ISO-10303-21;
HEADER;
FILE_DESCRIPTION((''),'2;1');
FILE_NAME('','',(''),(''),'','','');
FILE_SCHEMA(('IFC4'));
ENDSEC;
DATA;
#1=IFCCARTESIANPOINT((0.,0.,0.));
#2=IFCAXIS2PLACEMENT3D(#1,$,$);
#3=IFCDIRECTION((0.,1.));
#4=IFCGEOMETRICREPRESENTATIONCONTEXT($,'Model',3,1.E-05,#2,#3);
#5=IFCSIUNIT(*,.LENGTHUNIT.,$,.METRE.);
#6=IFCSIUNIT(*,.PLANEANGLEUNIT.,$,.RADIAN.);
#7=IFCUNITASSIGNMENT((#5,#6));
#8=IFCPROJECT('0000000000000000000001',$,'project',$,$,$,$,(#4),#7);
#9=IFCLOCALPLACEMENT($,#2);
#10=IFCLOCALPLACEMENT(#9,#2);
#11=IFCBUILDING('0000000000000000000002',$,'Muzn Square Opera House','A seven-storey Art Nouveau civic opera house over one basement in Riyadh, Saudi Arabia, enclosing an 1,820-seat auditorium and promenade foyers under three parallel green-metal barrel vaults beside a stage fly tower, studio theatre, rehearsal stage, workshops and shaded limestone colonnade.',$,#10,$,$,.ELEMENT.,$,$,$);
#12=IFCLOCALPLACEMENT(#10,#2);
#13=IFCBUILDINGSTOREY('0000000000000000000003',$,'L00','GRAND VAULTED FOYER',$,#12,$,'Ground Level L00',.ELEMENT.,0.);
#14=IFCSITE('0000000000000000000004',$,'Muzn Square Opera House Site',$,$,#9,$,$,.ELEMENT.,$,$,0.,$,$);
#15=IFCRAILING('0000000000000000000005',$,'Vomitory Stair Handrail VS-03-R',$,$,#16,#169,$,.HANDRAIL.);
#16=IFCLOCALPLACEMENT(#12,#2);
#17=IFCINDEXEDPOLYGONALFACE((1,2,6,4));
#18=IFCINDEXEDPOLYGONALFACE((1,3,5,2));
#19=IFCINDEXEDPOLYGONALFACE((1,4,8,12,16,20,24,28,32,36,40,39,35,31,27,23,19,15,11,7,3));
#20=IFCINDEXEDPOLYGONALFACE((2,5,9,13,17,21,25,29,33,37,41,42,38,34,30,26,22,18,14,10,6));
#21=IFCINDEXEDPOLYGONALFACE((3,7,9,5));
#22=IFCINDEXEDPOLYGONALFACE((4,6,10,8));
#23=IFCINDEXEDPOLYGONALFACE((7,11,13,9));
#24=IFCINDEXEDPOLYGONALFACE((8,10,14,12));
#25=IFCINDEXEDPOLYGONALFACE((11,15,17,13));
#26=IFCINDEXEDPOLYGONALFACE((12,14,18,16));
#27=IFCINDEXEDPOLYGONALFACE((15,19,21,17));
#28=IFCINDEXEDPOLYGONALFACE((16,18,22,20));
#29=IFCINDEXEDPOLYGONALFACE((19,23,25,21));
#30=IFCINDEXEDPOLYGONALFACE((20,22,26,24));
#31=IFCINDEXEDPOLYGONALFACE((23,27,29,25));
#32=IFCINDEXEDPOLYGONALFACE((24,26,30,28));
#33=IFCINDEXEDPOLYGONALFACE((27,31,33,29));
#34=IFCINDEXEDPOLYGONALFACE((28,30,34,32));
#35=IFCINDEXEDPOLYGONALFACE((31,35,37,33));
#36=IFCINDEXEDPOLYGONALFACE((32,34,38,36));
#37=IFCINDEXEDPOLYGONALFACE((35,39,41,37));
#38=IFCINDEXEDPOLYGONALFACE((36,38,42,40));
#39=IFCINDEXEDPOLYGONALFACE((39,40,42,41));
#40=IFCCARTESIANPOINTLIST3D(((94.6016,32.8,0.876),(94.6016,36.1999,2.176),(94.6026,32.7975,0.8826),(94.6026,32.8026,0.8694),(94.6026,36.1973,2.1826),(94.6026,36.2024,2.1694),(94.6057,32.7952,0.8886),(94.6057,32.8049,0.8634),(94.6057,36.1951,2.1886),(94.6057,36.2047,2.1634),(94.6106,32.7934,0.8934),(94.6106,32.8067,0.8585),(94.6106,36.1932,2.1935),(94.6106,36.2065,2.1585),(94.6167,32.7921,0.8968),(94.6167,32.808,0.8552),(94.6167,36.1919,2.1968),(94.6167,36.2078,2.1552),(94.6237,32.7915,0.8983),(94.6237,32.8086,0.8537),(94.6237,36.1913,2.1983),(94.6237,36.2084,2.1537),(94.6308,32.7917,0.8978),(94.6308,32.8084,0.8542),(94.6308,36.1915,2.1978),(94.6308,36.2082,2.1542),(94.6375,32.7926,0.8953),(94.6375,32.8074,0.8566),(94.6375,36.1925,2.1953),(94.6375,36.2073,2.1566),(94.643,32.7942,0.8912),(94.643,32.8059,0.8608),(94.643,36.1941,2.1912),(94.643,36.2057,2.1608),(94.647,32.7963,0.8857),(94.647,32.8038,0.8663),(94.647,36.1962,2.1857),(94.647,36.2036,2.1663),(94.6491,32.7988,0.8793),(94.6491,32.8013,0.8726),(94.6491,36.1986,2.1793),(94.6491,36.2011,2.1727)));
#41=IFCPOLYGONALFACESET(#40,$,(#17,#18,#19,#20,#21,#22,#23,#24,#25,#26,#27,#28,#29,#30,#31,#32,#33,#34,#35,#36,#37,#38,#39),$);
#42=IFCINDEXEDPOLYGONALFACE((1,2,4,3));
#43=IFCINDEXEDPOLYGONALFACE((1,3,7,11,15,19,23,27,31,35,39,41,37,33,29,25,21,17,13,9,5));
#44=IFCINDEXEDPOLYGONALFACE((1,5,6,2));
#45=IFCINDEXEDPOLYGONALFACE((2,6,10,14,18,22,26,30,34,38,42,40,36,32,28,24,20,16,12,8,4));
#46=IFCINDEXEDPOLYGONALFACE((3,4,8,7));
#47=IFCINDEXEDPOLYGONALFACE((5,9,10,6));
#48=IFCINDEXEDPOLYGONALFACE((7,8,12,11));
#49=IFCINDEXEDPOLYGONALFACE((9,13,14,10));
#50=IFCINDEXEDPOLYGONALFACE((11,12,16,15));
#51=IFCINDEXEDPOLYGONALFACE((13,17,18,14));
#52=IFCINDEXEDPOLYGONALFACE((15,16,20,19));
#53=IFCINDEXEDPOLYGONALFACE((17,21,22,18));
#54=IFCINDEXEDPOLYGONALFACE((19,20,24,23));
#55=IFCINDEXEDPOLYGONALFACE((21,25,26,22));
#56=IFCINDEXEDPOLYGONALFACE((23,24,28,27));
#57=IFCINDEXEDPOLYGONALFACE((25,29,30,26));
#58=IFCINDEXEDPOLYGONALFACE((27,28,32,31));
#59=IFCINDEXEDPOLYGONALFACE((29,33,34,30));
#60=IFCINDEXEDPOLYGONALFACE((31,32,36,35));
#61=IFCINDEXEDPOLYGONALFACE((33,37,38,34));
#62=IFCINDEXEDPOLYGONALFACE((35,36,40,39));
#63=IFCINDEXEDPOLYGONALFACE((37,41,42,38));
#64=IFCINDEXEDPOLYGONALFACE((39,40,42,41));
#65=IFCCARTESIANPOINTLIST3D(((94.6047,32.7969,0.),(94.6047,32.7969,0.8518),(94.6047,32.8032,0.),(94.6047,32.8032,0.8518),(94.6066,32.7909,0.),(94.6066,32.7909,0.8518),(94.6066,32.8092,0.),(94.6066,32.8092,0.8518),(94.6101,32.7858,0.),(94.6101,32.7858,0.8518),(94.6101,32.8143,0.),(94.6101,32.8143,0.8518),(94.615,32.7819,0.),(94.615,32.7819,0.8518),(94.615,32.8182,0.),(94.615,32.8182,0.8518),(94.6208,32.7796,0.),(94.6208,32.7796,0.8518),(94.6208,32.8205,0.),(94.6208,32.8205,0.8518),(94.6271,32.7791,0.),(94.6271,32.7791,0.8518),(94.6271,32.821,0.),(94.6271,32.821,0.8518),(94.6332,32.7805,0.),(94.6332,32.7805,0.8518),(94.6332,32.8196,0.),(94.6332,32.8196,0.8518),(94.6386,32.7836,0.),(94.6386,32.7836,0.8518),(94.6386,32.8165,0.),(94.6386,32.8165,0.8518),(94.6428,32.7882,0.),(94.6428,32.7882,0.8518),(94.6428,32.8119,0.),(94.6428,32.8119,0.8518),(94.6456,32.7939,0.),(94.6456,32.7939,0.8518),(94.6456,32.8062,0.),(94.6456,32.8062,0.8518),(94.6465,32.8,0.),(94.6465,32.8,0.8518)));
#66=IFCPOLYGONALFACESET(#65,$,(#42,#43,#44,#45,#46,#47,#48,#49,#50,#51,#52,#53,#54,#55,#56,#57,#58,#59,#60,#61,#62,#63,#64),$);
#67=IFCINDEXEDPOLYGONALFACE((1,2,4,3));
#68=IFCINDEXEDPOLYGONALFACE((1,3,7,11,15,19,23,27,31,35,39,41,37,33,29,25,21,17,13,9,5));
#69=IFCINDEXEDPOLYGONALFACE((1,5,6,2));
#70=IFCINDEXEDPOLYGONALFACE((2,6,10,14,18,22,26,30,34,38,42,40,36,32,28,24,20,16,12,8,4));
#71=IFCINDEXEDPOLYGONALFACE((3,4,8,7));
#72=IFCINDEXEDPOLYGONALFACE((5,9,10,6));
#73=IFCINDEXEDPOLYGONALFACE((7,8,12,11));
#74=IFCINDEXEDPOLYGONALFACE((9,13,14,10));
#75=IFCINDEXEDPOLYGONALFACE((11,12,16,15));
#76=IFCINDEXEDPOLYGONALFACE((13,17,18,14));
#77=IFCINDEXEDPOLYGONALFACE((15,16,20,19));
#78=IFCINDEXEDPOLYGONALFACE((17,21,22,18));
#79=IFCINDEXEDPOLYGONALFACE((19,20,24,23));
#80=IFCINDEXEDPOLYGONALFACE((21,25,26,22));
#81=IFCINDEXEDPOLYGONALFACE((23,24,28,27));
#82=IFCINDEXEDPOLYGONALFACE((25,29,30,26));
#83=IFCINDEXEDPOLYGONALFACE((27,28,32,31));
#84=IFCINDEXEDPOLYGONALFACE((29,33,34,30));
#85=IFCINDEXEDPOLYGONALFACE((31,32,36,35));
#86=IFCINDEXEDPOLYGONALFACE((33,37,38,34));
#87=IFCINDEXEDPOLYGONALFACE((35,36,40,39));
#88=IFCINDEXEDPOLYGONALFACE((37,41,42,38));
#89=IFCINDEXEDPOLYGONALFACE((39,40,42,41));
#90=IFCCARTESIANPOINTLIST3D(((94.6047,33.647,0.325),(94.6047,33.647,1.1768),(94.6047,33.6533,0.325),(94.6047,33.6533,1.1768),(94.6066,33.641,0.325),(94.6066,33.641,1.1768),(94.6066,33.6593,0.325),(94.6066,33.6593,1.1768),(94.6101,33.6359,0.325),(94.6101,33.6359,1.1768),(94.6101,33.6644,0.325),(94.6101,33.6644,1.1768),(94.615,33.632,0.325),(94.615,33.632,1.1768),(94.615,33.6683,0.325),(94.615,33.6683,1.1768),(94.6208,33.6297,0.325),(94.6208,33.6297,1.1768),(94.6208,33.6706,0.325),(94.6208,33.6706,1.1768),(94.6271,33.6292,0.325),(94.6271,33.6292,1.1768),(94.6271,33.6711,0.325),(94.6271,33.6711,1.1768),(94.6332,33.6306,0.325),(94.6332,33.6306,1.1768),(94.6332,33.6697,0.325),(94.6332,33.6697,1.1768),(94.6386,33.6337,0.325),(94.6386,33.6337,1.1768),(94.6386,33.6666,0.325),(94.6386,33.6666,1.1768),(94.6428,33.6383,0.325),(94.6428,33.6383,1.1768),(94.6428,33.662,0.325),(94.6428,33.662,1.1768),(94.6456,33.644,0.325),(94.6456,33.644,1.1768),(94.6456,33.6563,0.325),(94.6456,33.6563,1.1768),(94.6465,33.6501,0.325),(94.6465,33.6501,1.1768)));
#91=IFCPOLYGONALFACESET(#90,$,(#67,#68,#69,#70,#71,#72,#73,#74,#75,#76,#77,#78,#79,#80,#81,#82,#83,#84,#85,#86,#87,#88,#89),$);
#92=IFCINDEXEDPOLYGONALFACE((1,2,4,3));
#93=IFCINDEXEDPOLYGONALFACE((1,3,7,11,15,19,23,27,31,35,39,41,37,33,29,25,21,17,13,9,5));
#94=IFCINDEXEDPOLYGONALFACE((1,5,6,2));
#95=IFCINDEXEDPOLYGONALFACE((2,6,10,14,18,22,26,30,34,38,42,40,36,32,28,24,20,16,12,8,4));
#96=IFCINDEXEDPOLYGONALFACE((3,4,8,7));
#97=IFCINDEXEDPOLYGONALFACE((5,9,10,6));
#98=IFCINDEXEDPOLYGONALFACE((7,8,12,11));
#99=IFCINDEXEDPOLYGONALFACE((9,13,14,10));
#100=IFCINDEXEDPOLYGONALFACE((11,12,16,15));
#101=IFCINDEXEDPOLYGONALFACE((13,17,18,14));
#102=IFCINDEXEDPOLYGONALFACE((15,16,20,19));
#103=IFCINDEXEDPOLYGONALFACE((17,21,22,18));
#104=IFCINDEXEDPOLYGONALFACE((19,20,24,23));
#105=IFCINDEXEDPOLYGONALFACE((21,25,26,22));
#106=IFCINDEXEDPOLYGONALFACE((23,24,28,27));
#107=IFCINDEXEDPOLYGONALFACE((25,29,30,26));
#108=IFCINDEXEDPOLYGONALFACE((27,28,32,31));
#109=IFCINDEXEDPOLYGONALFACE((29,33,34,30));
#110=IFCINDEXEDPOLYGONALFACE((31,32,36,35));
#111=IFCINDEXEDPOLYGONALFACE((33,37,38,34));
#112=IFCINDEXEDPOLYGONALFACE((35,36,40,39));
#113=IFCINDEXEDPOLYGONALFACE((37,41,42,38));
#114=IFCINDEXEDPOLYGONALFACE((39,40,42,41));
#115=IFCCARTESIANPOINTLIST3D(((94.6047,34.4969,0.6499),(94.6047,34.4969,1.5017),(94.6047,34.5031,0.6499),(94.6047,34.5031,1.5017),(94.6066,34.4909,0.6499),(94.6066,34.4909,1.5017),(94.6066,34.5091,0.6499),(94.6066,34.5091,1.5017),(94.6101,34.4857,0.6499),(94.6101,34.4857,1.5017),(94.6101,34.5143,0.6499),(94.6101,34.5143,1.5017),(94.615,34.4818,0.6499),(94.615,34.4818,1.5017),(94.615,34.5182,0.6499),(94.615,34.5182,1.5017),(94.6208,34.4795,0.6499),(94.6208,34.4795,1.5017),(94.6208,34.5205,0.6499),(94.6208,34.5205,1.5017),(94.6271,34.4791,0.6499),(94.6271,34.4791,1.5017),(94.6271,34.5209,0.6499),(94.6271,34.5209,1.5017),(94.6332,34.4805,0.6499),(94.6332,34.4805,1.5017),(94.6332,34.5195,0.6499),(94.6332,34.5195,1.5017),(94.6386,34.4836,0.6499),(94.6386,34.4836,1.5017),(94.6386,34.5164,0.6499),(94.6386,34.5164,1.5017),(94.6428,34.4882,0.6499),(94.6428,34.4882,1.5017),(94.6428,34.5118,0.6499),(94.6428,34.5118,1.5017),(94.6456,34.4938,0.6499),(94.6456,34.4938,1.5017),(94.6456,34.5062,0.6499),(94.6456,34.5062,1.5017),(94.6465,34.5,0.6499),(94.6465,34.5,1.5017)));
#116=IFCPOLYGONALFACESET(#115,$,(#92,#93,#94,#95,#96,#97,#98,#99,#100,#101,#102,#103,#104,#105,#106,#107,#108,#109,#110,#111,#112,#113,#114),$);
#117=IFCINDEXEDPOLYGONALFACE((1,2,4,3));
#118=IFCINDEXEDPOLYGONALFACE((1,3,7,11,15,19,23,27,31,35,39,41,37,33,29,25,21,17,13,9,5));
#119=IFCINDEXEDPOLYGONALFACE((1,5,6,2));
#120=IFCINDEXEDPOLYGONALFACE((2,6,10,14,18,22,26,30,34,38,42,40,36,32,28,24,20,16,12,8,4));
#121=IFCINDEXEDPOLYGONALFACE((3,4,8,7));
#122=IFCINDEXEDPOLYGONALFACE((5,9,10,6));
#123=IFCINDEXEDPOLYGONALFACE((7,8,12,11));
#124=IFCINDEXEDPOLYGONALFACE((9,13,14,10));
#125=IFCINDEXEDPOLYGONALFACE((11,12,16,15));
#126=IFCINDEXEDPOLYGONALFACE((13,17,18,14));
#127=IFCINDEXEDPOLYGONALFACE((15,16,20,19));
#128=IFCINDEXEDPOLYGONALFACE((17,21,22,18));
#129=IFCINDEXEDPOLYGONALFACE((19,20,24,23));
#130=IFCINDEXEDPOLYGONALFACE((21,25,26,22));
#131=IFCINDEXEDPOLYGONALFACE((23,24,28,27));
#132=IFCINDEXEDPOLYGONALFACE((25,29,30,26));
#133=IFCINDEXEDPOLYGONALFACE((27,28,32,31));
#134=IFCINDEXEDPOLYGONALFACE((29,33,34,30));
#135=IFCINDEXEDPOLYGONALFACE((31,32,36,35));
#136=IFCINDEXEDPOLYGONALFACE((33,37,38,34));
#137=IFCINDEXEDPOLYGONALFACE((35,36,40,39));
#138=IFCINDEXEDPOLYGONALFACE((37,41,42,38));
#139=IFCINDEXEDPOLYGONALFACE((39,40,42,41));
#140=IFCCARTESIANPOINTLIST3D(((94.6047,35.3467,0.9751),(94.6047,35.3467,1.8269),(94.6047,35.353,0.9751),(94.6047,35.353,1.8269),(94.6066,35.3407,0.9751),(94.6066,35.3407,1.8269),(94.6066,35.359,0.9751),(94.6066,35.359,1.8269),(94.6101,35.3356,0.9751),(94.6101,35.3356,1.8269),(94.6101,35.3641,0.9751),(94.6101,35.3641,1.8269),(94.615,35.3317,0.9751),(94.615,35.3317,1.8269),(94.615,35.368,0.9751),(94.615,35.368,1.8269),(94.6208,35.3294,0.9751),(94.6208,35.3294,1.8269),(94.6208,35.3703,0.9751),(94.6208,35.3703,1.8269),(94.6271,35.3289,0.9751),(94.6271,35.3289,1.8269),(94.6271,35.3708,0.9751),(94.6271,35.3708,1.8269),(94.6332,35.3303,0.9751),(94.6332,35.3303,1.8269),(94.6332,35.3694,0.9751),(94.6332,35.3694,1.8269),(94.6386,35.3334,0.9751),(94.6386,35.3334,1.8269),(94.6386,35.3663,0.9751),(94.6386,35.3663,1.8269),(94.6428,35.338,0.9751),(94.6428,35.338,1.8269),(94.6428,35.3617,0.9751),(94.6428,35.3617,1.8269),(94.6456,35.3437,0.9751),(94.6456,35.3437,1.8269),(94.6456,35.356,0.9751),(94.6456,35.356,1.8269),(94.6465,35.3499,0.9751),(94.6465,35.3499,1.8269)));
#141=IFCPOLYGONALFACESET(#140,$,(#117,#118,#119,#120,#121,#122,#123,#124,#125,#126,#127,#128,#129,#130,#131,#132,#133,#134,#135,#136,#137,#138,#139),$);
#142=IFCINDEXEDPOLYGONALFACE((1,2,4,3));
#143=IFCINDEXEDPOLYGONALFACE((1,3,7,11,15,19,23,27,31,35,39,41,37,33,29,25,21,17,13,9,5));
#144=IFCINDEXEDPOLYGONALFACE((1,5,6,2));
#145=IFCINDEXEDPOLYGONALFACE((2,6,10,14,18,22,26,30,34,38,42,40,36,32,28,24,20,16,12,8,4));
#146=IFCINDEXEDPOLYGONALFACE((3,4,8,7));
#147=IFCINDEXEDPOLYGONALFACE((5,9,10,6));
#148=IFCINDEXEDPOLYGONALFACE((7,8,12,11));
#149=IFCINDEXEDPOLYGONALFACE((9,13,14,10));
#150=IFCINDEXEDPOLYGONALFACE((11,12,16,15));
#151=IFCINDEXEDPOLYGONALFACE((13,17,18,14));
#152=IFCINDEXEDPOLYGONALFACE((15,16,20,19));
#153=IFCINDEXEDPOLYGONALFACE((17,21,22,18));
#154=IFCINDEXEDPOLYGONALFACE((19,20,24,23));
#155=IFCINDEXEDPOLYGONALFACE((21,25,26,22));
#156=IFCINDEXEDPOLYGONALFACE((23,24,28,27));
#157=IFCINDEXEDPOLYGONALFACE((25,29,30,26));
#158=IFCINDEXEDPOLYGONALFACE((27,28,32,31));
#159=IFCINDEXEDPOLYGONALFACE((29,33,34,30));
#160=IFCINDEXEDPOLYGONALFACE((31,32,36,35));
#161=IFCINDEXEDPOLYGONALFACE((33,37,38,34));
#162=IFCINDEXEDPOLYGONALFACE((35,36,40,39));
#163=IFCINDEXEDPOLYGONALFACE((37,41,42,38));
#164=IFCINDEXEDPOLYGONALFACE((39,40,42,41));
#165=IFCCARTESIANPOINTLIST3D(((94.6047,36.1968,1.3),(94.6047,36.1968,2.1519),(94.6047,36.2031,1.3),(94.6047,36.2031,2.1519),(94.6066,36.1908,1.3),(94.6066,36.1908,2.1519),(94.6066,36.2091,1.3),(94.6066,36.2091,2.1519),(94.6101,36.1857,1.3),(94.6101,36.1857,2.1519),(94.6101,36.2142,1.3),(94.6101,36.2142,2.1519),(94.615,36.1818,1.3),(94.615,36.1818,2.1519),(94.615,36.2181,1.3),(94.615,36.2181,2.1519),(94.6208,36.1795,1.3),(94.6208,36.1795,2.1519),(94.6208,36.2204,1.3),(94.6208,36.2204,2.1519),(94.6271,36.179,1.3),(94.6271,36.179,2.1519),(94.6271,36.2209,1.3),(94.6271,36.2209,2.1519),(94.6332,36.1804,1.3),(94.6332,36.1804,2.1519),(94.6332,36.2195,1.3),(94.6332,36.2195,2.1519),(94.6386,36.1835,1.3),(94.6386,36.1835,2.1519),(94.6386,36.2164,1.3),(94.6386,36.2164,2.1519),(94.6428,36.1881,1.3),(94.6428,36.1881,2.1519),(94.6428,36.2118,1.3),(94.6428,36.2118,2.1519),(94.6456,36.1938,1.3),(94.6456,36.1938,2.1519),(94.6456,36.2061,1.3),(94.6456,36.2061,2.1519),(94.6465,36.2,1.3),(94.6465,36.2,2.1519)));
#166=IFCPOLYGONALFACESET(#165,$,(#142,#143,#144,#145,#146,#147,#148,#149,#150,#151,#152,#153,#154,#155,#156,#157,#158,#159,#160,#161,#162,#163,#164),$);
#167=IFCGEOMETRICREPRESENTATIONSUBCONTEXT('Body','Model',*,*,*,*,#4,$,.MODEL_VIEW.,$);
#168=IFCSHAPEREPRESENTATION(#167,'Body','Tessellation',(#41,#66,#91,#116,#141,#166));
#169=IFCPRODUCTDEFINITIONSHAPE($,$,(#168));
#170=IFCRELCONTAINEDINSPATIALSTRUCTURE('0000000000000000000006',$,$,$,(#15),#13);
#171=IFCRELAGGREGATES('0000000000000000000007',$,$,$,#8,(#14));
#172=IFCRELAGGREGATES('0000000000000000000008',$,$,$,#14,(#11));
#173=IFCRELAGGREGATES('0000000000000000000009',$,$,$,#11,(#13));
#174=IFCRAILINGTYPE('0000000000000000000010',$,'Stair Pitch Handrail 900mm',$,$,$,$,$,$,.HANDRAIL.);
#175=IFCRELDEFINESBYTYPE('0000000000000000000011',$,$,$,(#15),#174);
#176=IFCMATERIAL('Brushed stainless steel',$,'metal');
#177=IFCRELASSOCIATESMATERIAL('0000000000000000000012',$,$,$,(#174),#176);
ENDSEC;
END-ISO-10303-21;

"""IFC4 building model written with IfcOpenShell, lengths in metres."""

from ifc_helpers import new_model, si_unit, direction, frame, origin, origin_2d, place, context, subcontext, project, spatial, circle, extrude, material, type_object, element, save


model = new_model("IFC4")

# Units and contexts
model_context = context("Model", 3, precision=1e-05, world=origin(), true_north=direction((0.0, 1.0)))
body_context = subcontext(model_context, "Body", "Model", "MODEL_VIEW")
ifc_project = project(units=[si_unit("LENGTHUNIT", "METRE"), si_unit("PLANEANGLEUNIT", "RADIAN")], contexts=[model_context])

# Site, building, storey
site_placement = place(None, origin())
site = spatial("IfcSite", under=ifc_project, at=site_placement, Name="Muzn Square Opera House Site", CompositionType="ELEMENT", RefElevation=0.0)
building_placement = place(site_placement, origin())
building = spatial("IfcBuilding", under=site, at=building_placement, Name="Muzn Square Opera House", Description="A seven-storey Art Nouveau civic opera house over one basement in Riyadh, Saudi Arabia, enclosing an 1,820-seat auditorium and promenade foyers under three parallel green-metal barrel vaults beside a stage fly tower, studio theatre, rehearsal stage, workshops and shaded limestone colonnade.", CompositionType="ELEMENT")
storey_placement = place(building_placement, origin())
storey = spatial("IfcBuildingStorey", under=building, at=storey_placement, Name="L00", Description="GRAND VAULTED FOYER", LongName="Ground Level L00", CompositionType="ELEMENT", Elevation=0.0)

# Railing
ifc_material_1 = material(Name="Brushed stainless steel", Category="metal")
railing_type_1 = type_object("IfcRailingType", Name="Stair Pitch Handrail 900mm", PredefinedType="HANDRAIL", material=ifc_material_1)
for number, where, name in (
    (1, (94.6255, 32.8, 0.0), "Vomitory Stair Handrail VS-03-R"),
):
    element("IfcRailing", number, at=place(storey_placement, frame(where)), inside=storey, type_object=railing_type_1, Name=name, PredefinedType="HANDRAIL", context=body_context, shape_type="SweptSolid", body=[
        extrude(circle(Radius=0.0239, at=origin_2d()), frame((0.0, 0.0, 0.876), z_axis=(0.0, 0.934044, 0.357158), x_axis=(-1.0, 0.0, 0.0)), (0.0, 0.0, 1.0), 3.6399),
        extrude(circle(Radius=0.021, at=origin_2d()), origin(), (0.0, 0.0, 1.0), 0.8518),
        extrude(circle(Radius=0.021, at=origin_2d()), frame((0.0, 0.8501, 0.325)), (0.0, 0.0, 1.0), 0.8518),
        extrude(circle(Radius=0.021, at=origin_2d()), frame((0.0, 1.7, 0.6499)), (0.0, 0.0, 1.0), 0.8518),
        extrude(circle(Radius=0.021, at=origin_2d()), frame((0.0, 2.5498, 0.9751)), (0.0, 0.0, 1.0), 0.8518),
        extrude(circle(Radius=0.021, at=origin_2d()), frame((0.0, 3.3999, 1.3)), (0.0, 0.0, 1.0), 0.8518),
    ])

save(model, "model.ifc")
